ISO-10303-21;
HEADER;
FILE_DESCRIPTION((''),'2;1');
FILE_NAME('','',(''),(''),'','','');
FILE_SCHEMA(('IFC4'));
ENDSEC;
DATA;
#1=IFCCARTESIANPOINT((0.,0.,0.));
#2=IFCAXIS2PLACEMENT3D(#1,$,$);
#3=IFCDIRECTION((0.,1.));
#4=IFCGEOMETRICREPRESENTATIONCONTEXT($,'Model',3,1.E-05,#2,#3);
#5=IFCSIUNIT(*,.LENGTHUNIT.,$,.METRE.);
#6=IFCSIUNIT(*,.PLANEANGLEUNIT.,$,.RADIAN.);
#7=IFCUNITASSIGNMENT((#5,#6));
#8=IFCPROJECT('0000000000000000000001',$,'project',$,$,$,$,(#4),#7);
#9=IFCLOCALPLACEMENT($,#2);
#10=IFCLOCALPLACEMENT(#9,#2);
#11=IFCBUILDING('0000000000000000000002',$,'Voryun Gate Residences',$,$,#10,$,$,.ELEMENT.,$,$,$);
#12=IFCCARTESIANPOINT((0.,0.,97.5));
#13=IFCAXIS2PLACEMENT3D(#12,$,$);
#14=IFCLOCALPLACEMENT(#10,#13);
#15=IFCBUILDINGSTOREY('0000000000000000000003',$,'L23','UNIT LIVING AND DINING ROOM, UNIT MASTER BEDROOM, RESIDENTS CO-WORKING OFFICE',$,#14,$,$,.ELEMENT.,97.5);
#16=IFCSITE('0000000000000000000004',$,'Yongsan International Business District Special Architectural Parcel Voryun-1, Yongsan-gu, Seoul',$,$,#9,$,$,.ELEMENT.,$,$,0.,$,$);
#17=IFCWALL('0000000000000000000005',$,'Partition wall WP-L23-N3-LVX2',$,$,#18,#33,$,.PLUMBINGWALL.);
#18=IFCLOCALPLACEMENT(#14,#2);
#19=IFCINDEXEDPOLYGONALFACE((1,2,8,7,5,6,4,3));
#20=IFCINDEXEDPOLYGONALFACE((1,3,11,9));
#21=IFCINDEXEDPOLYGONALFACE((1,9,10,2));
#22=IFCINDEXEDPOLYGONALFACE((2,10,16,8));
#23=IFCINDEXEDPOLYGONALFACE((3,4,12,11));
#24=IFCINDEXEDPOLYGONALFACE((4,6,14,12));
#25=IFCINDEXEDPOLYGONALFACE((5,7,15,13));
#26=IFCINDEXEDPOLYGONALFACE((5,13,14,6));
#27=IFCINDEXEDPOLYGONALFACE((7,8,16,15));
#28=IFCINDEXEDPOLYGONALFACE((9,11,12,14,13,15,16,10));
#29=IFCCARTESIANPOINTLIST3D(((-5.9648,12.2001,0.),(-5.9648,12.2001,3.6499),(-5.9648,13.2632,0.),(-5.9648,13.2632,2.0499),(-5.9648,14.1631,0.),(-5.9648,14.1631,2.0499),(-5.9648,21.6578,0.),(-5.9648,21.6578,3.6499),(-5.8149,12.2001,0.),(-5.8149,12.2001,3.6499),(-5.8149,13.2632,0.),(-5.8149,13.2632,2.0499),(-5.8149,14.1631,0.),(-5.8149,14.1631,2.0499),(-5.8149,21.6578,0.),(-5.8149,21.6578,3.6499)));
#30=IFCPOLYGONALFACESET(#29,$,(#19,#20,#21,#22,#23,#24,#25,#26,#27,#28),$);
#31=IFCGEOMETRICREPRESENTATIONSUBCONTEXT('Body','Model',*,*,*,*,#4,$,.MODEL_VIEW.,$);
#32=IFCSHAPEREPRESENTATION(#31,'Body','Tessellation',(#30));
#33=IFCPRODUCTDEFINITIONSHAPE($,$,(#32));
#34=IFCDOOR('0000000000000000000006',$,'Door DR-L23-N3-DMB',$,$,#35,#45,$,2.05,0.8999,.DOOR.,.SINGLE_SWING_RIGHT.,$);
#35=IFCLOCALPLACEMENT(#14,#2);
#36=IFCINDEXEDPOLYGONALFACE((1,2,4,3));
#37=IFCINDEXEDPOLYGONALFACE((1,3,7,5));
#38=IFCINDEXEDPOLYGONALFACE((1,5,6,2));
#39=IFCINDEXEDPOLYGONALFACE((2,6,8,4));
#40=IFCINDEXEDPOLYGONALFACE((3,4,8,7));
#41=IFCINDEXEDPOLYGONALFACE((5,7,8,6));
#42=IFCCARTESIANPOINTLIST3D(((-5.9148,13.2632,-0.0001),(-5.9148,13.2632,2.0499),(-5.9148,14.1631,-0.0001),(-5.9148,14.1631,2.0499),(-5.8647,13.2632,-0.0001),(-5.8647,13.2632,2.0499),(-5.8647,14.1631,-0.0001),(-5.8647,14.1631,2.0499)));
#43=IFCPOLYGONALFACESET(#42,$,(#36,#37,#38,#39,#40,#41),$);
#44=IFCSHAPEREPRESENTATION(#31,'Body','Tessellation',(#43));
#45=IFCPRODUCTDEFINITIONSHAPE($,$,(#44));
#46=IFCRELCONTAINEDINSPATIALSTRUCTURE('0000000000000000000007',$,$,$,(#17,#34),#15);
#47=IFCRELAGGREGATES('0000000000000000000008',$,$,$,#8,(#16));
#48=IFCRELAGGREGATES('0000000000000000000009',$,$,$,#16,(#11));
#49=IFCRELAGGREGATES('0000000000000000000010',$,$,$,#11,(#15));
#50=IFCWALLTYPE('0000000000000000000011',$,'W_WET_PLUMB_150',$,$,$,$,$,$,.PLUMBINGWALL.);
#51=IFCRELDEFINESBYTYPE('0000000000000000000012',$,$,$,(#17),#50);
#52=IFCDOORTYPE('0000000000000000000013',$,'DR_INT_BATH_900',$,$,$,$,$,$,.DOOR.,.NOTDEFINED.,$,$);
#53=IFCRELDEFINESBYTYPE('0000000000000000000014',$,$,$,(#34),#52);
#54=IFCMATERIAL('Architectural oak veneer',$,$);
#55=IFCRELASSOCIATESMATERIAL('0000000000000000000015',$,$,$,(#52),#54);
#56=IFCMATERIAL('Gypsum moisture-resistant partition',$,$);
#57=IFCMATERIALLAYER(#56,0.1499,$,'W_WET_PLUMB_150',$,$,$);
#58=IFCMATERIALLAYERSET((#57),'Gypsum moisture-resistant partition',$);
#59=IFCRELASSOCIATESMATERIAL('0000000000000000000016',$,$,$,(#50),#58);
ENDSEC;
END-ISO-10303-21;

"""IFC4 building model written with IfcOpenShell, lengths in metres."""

from ifc_helpers import new_model, si_unit, direction, frame, frame_2d, origin, place, context, subcontext, project, spatial, rectangle, extrude, material, layer, layer_set, type_object, element, fill, save


model = new_model("IFC4")

# Units and contexts
model_context = context("Model", 3, precision=1e-05, world=origin(), true_north=direction((0.0, 1.0)))
body_context = subcontext(model_context, "Body", "Model", "MODEL_VIEW")
ifc_project = project(units=[si_unit("LENGTHUNIT", "METRE"), si_unit("PLANEANGLEUNIT", "RADIAN")], contexts=[model_context])

# Site, building, storey
site_placement = place(None, origin())
site = spatial("IfcSite", under=ifc_project, at=site_placement, Name="Yongsan International Business District Special Architectural Parcel Voryun-1, Yongsan-gu, Seoul", CompositionType="ELEMENT", RefElevation=0.0)
building_placement = place(site_placement, origin())
building = spatial("IfcBuilding", under=site, at=building_placement, Name="Voryun Gate Residences", CompositionType="ELEMENT")
storey_placement = place(building_placement, frame((0.0, 0.0, 97.5)))
storey = spatial("IfcBuildingStorey", under=building, at=storey_placement, Name="L23", Description="UNIT LIVING AND DINING ROOM, UNIT MASTER BEDROOM, RESIDENTS CO-WORKING OFFICE", CompositionType="ELEMENT", Elevation=97.5)

# Shared definitions
ifc_material_1 = material(Name="Architectural oak veneer")
door_type_1 = type_object("IfcDoorType", Name="DR_INT_BATH_900", OperationType="NOTDEFINED", PredefinedType="DOOR", material=ifc_material_1)

# Shared definitions
ifc_material_2 = material(Name="Gypsum moisture-resistant partition")
ifc_layer_1 = layer(ifc_material_2, 0.1499, Name="W_WET_PLUMB_150")
ifc_layer_set_1 = layer_set([ifc_layer_1], Name="Gypsum moisture-resistant partition")
wall_type_1 = type_object("IfcWallType", Name="W_WET_PLUMB_150", PredefinedType="PLUMBINGWALL", material=ifc_layer_set_1)

# Wall, opening, door
wall_1_placement = place(storey_placement, frame((-5.8899, 12.2, 0.0), z_axis=(0.0, 0.0, 1.0), x_axis=(0.0, 1.0, 0.0)))
wall_1 = element("IfcWall", 1, at=wall_1_placement, inside=storey, type_object=wall_type_1, Name="Partition wall WP-L23-N3-LVX2", PredefinedType="PLUMBINGWALL", context=body_context, shape_type="SweptSolid", body=[
    extrude(rectangle(XDim=9.4578, YDim=0.1499, at=frame_2d((4.729, 0.0))), origin(), (0.0, 0.0, 1.0), 3.6499),
])
opening_1_placement = place(wall_1_placement, frame((1.0632, 0.0, 0.0)))
opening_1 = element("IfcOpeningElement", 2, at=opening_1_placement, cuts=wall_1, PredefinedType="OPENING", context=body_context, shape_type="SweptSolid", body=[
    extrude(rectangle(XDim=0.8999, YDim=2.05, at=frame_2d((0.45, 1.0249))), frame((0.0, 0.085, 0.0), z_axis=(0.0, -1.0, 0.0), x_axis=(1.0, 0.0, 0.0)), (0.0, 0.0, 1.0), 0.1699),
])
door_1_placement = place(opening_1_placement, origin())
door_1 = element("IfcDoor", 3, at=door_1_placement, inside=storey, type_object=door_type_1, Name="Door DR-L23-N3-DMB", OperationType="SINGLE_SWING_RIGHT", OverallHeight=2.05, OverallWidth=0.8999, PredefinedType="DOOR", context=body_context, shape_type="SweptSolid", body=[
    extrude(rectangle(XDim=0.8999, YDim=2.05, at=frame_2d((0.45, 1.0249))), frame((0.0, 0.0249, 0.0), z_axis=(0.0, -1.0, 0.0), x_axis=(1.0, 0.0, 0.0)), (0.0, 0.0, 1.0), 0.05),
])
fill(opening_1, door_1)

save(model, "model.ifc")
